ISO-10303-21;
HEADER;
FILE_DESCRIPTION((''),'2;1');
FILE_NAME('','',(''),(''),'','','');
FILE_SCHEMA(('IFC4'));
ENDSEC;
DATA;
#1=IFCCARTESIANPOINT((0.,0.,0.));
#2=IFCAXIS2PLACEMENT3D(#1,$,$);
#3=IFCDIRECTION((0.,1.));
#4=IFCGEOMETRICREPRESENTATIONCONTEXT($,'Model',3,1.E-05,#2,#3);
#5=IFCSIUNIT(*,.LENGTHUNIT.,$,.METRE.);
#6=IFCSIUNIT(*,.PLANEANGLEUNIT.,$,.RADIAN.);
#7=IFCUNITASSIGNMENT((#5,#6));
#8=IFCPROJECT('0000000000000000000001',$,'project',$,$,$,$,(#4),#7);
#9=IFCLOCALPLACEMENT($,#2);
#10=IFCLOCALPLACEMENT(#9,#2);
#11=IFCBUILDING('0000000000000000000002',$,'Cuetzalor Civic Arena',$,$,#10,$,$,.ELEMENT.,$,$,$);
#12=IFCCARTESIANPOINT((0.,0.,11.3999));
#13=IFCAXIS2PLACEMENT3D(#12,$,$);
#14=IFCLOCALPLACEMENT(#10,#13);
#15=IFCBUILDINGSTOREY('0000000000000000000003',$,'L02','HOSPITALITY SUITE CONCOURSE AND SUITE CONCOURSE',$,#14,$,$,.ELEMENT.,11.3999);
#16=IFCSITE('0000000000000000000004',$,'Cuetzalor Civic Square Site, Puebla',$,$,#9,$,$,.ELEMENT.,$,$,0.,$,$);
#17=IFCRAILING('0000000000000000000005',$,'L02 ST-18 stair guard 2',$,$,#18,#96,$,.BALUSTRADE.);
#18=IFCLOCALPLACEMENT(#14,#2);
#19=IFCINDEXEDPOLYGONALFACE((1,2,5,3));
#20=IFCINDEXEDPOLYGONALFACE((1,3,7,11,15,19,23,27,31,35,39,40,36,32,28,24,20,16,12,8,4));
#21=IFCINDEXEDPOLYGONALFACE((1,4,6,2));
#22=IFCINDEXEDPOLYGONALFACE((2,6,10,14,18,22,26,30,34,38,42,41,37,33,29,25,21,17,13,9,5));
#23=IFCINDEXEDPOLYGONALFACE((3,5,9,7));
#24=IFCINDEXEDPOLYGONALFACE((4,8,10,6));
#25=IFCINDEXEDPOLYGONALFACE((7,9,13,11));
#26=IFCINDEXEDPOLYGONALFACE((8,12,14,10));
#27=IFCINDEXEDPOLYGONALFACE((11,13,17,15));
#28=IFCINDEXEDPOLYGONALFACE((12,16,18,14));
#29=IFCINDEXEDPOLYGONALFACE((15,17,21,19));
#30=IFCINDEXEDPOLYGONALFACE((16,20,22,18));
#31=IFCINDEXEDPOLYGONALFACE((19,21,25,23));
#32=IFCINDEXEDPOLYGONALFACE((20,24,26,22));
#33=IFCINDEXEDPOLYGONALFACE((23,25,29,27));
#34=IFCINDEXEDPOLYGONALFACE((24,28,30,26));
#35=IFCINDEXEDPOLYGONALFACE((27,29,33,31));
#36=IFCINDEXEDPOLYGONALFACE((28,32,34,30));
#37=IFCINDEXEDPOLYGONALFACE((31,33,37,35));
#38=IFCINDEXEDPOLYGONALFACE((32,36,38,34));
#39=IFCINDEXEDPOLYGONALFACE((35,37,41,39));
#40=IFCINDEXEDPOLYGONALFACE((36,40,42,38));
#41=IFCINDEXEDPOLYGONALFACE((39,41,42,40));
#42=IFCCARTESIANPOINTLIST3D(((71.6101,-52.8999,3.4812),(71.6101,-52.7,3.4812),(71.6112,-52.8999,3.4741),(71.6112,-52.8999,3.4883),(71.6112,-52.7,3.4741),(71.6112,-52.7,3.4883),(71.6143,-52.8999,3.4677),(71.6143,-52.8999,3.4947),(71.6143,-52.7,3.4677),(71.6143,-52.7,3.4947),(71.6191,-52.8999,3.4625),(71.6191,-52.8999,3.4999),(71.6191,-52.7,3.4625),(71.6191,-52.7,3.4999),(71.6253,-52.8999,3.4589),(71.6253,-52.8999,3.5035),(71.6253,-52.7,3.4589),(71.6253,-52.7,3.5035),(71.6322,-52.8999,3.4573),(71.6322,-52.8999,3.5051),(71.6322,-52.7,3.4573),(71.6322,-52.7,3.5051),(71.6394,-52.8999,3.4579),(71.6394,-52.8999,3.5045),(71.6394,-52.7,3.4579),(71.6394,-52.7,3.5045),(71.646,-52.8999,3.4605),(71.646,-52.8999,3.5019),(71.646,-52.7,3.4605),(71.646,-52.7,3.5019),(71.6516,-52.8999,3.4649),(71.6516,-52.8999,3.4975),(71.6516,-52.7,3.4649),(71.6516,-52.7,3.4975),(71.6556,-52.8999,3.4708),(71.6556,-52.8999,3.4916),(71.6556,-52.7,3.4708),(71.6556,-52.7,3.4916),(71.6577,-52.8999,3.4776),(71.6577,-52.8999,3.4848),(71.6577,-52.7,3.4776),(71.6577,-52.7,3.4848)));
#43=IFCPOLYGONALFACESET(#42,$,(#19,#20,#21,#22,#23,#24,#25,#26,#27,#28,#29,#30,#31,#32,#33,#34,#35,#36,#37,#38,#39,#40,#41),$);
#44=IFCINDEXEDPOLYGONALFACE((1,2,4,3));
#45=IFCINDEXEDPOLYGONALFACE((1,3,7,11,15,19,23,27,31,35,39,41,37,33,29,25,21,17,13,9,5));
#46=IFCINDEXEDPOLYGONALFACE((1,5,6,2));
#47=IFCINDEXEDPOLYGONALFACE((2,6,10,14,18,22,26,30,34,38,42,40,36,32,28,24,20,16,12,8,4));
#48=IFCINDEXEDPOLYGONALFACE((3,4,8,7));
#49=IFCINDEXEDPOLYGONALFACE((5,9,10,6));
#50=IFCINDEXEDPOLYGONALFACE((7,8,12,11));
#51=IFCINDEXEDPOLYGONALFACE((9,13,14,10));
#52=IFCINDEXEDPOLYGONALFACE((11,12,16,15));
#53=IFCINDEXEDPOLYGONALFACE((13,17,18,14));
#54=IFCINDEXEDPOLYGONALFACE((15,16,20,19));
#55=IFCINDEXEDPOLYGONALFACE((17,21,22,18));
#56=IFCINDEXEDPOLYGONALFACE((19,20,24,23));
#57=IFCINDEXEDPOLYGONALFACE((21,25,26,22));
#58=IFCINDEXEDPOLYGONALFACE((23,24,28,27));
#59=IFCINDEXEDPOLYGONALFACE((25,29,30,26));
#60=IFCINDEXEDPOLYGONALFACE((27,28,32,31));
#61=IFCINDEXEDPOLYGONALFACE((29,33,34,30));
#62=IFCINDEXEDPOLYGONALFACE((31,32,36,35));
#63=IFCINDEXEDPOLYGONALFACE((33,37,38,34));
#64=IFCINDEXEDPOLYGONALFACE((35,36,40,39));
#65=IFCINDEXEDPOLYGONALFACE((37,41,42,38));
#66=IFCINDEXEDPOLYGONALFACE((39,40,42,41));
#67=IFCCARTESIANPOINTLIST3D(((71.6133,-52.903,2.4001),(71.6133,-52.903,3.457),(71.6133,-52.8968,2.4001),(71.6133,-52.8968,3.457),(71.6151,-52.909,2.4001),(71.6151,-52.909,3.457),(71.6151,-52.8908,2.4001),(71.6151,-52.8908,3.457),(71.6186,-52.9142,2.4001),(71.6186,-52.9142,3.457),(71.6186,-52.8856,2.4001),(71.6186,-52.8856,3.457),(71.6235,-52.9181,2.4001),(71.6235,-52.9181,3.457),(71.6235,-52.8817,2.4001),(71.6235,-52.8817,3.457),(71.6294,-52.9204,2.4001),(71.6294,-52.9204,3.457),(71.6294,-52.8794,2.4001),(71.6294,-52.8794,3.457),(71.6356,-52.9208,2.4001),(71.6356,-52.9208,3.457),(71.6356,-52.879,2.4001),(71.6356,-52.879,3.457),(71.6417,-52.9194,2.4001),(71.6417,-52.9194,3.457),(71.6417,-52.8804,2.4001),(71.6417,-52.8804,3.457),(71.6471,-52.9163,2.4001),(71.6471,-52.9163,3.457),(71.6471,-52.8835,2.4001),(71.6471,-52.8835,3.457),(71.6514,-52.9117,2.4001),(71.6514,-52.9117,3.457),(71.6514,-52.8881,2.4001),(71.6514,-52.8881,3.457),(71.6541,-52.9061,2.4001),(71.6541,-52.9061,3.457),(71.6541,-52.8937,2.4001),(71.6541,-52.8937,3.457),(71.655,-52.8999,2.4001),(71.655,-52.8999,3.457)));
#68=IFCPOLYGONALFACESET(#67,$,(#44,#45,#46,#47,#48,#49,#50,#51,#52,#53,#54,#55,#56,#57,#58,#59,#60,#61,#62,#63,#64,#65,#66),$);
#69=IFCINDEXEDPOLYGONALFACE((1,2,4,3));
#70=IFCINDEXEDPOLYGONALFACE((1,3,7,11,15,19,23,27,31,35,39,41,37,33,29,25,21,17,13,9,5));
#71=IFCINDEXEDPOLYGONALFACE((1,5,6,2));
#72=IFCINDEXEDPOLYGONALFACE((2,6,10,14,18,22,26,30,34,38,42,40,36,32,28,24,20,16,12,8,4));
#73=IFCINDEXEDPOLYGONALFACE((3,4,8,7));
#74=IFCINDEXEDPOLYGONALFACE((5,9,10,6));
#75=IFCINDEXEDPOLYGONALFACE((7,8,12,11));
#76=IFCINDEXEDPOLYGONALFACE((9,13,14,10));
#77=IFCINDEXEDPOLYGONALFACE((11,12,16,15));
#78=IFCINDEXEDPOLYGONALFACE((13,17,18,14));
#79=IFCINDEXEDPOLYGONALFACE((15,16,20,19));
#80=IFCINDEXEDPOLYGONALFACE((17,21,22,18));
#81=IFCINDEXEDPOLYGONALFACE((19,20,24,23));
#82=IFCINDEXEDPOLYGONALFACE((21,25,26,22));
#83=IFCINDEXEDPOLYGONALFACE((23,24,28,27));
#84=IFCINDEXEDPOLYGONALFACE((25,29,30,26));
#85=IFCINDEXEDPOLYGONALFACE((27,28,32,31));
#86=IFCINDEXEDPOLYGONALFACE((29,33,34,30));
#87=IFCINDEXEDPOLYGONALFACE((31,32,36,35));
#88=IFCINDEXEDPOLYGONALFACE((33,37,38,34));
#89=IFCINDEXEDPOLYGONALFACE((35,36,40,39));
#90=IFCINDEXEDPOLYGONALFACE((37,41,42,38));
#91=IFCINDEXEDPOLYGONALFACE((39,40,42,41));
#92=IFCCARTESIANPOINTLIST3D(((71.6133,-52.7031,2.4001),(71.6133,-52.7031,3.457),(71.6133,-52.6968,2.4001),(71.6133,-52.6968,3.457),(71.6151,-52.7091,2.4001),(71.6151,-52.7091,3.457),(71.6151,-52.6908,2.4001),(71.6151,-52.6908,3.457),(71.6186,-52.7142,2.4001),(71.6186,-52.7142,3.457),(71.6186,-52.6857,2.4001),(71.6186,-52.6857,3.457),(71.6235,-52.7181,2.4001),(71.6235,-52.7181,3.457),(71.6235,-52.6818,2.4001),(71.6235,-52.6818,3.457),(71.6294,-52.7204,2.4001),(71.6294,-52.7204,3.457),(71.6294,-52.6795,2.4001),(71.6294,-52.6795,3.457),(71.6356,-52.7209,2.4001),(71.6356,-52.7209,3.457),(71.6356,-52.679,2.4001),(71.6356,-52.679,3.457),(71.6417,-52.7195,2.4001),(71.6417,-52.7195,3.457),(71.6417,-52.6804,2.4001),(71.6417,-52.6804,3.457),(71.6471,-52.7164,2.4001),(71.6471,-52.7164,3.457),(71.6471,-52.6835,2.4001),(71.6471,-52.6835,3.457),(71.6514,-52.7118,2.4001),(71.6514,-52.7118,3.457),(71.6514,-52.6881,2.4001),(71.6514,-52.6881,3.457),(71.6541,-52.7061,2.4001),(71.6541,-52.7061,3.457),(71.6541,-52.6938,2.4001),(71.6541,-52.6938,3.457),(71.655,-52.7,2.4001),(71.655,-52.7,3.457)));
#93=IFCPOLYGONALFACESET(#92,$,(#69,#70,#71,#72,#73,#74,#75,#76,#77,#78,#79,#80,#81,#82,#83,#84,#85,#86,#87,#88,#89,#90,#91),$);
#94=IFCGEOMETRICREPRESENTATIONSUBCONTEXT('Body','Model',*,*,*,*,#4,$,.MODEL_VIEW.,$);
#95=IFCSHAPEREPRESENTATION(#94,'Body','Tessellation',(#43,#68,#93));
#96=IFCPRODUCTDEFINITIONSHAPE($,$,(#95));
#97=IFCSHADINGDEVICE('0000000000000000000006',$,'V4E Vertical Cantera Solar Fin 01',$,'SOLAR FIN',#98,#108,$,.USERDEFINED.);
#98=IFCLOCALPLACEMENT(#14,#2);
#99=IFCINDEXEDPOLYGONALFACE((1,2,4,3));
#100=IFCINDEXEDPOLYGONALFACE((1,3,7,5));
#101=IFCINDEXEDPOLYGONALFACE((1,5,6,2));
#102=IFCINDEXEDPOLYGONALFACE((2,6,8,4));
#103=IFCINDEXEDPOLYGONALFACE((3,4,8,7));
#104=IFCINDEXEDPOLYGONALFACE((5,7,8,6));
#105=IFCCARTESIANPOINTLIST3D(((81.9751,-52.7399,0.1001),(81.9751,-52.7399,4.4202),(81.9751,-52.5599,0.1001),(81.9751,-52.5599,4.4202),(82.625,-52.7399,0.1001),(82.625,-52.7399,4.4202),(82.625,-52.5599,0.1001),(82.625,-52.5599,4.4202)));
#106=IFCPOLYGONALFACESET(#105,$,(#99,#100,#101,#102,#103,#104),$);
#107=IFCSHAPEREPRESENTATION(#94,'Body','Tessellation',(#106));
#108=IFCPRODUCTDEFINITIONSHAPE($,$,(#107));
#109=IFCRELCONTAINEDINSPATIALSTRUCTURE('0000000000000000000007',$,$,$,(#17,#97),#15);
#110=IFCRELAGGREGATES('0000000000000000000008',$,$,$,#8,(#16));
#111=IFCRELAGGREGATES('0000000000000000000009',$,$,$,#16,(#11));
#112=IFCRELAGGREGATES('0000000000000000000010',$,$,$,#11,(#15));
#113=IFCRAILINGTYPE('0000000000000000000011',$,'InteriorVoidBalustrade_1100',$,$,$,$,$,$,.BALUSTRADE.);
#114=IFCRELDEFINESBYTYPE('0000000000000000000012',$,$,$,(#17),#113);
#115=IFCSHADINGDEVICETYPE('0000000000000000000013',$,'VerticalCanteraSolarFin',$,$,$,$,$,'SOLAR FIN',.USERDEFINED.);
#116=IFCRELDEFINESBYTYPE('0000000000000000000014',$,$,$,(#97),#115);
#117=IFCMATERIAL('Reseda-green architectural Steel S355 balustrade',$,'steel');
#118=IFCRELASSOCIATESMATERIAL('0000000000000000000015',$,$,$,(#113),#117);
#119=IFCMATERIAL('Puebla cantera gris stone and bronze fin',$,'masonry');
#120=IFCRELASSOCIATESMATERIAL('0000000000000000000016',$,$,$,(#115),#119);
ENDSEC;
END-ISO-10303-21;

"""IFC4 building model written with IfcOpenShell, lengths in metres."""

from ifc_helpers import new_model, si_unit, direction, frame, origin, origin_2d, place, context, subcontext, project, spatial, rectangle, circle, extrude, material, type_object, element, save


model = new_model("IFC4")

# Units and contexts
model_context = context("Model", 3, precision=1e-05, world=origin(), true_north=direction((0.0, 1.0)))
body_context = subcontext(model_context, "Body", "Model", "MODEL_VIEW")
ifc_project = project(units=[si_unit("LENGTHUNIT", "METRE"), si_unit("PLANEANGLEUNIT", "RADIAN")], contexts=[model_context])

# Site, building, storey
site_placement = place(None, origin())
site = spatial("IfcSite", under=ifc_project, at=site_placement, Name="Cuetzalor Civic Square Site, Puebla", CompositionType="ELEMENT", RefElevation=0.0)
building_placement = place(site_placement, origin())
building = spatial("IfcBuilding", under=site, at=building_placement, Name="Cuetzalor Civic Arena", CompositionType="ELEMENT")
storey_placement = place(building_placement, frame((0.0, 0.0, 11.3999)))
storey = spatial("IfcBuildingStorey", under=building, at=storey_placement, Name="L02", Description="HOSPITALITY SUITE CONCOURSE AND SUITE CONCOURSE", CompositionType="ELEMENT", Elevation=11.3999)

# Railing
ifc_material_1 = material(Name="Reseda-green architectural Steel S355 balustrade", Category="steel")
railing_type = type_object("IfcRailingType", Name="InteriorVoidBalustrade_1100", PredefinedType="BALUSTRADE", material=ifc_material_1)
railing_placement = place(storey_placement, frame((71.634, -52.8999, 2.4001)))
element("IfcRailing", 1, at=railing_placement, inside=storey, type_object=railing_type, Name="L02 ST-18 stair guard 2", PredefinedType="BALUSTRADE", context=body_context, shape_type="SweptSolid", body=[
    extrude(circle(Radius=0.0239, at=origin_2d()), frame((0.0, 0.0, 1.0811), z_axis=(0.0, 1.0, 0.0), x_axis=(-1.0, 0.0, 0.0)), (0.0, 0.0, 1.0), 0.2),
    extrude(circle(Radius=0.021, at=origin_2d()), origin(), (0.0, 0.0, 1.0), 1.0569),
    extrude(circle(Radius=0.021, at=origin_2d()), frame((0.0, 0.2, 0.0)), (0.0, 0.0, 1.0), 1.0569),
])

# Shading device
ifc_material_2 = material(Name="Puebla cantera gris stone and bronze fin", Category="masonry")
shading_device_type = type_object("IfcShadingDeviceType", Name="VerticalCanteraSolarFin", ElementType="SOLAR FIN", PredefinedType="USERDEFINED", material=ifc_material_2)
shading_device_placement = place(storey_placement, frame((82.3, -52.6499, 0.1001), z_axis=(0.0, 0.0, 1.0), x_axis=(1.0, 0.0, 0.0)))
element("IfcShadingDevice", 2, at=shading_device_placement, inside=storey, type_object=shading_device_type, Name="V4E Vertical Cantera Solar Fin 01", ObjectType="SOLAR FIN", PredefinedType="USERDEFINED", context=body_context, shape_type="SweptSolid", body=[
    extrude(rectangle(XDim=0.6499, YDim=0.1799, at=origin_2d()), origin(), (0.0, 0.0, 1.0), 4.3201),
])

save(model, "model.ifc")
